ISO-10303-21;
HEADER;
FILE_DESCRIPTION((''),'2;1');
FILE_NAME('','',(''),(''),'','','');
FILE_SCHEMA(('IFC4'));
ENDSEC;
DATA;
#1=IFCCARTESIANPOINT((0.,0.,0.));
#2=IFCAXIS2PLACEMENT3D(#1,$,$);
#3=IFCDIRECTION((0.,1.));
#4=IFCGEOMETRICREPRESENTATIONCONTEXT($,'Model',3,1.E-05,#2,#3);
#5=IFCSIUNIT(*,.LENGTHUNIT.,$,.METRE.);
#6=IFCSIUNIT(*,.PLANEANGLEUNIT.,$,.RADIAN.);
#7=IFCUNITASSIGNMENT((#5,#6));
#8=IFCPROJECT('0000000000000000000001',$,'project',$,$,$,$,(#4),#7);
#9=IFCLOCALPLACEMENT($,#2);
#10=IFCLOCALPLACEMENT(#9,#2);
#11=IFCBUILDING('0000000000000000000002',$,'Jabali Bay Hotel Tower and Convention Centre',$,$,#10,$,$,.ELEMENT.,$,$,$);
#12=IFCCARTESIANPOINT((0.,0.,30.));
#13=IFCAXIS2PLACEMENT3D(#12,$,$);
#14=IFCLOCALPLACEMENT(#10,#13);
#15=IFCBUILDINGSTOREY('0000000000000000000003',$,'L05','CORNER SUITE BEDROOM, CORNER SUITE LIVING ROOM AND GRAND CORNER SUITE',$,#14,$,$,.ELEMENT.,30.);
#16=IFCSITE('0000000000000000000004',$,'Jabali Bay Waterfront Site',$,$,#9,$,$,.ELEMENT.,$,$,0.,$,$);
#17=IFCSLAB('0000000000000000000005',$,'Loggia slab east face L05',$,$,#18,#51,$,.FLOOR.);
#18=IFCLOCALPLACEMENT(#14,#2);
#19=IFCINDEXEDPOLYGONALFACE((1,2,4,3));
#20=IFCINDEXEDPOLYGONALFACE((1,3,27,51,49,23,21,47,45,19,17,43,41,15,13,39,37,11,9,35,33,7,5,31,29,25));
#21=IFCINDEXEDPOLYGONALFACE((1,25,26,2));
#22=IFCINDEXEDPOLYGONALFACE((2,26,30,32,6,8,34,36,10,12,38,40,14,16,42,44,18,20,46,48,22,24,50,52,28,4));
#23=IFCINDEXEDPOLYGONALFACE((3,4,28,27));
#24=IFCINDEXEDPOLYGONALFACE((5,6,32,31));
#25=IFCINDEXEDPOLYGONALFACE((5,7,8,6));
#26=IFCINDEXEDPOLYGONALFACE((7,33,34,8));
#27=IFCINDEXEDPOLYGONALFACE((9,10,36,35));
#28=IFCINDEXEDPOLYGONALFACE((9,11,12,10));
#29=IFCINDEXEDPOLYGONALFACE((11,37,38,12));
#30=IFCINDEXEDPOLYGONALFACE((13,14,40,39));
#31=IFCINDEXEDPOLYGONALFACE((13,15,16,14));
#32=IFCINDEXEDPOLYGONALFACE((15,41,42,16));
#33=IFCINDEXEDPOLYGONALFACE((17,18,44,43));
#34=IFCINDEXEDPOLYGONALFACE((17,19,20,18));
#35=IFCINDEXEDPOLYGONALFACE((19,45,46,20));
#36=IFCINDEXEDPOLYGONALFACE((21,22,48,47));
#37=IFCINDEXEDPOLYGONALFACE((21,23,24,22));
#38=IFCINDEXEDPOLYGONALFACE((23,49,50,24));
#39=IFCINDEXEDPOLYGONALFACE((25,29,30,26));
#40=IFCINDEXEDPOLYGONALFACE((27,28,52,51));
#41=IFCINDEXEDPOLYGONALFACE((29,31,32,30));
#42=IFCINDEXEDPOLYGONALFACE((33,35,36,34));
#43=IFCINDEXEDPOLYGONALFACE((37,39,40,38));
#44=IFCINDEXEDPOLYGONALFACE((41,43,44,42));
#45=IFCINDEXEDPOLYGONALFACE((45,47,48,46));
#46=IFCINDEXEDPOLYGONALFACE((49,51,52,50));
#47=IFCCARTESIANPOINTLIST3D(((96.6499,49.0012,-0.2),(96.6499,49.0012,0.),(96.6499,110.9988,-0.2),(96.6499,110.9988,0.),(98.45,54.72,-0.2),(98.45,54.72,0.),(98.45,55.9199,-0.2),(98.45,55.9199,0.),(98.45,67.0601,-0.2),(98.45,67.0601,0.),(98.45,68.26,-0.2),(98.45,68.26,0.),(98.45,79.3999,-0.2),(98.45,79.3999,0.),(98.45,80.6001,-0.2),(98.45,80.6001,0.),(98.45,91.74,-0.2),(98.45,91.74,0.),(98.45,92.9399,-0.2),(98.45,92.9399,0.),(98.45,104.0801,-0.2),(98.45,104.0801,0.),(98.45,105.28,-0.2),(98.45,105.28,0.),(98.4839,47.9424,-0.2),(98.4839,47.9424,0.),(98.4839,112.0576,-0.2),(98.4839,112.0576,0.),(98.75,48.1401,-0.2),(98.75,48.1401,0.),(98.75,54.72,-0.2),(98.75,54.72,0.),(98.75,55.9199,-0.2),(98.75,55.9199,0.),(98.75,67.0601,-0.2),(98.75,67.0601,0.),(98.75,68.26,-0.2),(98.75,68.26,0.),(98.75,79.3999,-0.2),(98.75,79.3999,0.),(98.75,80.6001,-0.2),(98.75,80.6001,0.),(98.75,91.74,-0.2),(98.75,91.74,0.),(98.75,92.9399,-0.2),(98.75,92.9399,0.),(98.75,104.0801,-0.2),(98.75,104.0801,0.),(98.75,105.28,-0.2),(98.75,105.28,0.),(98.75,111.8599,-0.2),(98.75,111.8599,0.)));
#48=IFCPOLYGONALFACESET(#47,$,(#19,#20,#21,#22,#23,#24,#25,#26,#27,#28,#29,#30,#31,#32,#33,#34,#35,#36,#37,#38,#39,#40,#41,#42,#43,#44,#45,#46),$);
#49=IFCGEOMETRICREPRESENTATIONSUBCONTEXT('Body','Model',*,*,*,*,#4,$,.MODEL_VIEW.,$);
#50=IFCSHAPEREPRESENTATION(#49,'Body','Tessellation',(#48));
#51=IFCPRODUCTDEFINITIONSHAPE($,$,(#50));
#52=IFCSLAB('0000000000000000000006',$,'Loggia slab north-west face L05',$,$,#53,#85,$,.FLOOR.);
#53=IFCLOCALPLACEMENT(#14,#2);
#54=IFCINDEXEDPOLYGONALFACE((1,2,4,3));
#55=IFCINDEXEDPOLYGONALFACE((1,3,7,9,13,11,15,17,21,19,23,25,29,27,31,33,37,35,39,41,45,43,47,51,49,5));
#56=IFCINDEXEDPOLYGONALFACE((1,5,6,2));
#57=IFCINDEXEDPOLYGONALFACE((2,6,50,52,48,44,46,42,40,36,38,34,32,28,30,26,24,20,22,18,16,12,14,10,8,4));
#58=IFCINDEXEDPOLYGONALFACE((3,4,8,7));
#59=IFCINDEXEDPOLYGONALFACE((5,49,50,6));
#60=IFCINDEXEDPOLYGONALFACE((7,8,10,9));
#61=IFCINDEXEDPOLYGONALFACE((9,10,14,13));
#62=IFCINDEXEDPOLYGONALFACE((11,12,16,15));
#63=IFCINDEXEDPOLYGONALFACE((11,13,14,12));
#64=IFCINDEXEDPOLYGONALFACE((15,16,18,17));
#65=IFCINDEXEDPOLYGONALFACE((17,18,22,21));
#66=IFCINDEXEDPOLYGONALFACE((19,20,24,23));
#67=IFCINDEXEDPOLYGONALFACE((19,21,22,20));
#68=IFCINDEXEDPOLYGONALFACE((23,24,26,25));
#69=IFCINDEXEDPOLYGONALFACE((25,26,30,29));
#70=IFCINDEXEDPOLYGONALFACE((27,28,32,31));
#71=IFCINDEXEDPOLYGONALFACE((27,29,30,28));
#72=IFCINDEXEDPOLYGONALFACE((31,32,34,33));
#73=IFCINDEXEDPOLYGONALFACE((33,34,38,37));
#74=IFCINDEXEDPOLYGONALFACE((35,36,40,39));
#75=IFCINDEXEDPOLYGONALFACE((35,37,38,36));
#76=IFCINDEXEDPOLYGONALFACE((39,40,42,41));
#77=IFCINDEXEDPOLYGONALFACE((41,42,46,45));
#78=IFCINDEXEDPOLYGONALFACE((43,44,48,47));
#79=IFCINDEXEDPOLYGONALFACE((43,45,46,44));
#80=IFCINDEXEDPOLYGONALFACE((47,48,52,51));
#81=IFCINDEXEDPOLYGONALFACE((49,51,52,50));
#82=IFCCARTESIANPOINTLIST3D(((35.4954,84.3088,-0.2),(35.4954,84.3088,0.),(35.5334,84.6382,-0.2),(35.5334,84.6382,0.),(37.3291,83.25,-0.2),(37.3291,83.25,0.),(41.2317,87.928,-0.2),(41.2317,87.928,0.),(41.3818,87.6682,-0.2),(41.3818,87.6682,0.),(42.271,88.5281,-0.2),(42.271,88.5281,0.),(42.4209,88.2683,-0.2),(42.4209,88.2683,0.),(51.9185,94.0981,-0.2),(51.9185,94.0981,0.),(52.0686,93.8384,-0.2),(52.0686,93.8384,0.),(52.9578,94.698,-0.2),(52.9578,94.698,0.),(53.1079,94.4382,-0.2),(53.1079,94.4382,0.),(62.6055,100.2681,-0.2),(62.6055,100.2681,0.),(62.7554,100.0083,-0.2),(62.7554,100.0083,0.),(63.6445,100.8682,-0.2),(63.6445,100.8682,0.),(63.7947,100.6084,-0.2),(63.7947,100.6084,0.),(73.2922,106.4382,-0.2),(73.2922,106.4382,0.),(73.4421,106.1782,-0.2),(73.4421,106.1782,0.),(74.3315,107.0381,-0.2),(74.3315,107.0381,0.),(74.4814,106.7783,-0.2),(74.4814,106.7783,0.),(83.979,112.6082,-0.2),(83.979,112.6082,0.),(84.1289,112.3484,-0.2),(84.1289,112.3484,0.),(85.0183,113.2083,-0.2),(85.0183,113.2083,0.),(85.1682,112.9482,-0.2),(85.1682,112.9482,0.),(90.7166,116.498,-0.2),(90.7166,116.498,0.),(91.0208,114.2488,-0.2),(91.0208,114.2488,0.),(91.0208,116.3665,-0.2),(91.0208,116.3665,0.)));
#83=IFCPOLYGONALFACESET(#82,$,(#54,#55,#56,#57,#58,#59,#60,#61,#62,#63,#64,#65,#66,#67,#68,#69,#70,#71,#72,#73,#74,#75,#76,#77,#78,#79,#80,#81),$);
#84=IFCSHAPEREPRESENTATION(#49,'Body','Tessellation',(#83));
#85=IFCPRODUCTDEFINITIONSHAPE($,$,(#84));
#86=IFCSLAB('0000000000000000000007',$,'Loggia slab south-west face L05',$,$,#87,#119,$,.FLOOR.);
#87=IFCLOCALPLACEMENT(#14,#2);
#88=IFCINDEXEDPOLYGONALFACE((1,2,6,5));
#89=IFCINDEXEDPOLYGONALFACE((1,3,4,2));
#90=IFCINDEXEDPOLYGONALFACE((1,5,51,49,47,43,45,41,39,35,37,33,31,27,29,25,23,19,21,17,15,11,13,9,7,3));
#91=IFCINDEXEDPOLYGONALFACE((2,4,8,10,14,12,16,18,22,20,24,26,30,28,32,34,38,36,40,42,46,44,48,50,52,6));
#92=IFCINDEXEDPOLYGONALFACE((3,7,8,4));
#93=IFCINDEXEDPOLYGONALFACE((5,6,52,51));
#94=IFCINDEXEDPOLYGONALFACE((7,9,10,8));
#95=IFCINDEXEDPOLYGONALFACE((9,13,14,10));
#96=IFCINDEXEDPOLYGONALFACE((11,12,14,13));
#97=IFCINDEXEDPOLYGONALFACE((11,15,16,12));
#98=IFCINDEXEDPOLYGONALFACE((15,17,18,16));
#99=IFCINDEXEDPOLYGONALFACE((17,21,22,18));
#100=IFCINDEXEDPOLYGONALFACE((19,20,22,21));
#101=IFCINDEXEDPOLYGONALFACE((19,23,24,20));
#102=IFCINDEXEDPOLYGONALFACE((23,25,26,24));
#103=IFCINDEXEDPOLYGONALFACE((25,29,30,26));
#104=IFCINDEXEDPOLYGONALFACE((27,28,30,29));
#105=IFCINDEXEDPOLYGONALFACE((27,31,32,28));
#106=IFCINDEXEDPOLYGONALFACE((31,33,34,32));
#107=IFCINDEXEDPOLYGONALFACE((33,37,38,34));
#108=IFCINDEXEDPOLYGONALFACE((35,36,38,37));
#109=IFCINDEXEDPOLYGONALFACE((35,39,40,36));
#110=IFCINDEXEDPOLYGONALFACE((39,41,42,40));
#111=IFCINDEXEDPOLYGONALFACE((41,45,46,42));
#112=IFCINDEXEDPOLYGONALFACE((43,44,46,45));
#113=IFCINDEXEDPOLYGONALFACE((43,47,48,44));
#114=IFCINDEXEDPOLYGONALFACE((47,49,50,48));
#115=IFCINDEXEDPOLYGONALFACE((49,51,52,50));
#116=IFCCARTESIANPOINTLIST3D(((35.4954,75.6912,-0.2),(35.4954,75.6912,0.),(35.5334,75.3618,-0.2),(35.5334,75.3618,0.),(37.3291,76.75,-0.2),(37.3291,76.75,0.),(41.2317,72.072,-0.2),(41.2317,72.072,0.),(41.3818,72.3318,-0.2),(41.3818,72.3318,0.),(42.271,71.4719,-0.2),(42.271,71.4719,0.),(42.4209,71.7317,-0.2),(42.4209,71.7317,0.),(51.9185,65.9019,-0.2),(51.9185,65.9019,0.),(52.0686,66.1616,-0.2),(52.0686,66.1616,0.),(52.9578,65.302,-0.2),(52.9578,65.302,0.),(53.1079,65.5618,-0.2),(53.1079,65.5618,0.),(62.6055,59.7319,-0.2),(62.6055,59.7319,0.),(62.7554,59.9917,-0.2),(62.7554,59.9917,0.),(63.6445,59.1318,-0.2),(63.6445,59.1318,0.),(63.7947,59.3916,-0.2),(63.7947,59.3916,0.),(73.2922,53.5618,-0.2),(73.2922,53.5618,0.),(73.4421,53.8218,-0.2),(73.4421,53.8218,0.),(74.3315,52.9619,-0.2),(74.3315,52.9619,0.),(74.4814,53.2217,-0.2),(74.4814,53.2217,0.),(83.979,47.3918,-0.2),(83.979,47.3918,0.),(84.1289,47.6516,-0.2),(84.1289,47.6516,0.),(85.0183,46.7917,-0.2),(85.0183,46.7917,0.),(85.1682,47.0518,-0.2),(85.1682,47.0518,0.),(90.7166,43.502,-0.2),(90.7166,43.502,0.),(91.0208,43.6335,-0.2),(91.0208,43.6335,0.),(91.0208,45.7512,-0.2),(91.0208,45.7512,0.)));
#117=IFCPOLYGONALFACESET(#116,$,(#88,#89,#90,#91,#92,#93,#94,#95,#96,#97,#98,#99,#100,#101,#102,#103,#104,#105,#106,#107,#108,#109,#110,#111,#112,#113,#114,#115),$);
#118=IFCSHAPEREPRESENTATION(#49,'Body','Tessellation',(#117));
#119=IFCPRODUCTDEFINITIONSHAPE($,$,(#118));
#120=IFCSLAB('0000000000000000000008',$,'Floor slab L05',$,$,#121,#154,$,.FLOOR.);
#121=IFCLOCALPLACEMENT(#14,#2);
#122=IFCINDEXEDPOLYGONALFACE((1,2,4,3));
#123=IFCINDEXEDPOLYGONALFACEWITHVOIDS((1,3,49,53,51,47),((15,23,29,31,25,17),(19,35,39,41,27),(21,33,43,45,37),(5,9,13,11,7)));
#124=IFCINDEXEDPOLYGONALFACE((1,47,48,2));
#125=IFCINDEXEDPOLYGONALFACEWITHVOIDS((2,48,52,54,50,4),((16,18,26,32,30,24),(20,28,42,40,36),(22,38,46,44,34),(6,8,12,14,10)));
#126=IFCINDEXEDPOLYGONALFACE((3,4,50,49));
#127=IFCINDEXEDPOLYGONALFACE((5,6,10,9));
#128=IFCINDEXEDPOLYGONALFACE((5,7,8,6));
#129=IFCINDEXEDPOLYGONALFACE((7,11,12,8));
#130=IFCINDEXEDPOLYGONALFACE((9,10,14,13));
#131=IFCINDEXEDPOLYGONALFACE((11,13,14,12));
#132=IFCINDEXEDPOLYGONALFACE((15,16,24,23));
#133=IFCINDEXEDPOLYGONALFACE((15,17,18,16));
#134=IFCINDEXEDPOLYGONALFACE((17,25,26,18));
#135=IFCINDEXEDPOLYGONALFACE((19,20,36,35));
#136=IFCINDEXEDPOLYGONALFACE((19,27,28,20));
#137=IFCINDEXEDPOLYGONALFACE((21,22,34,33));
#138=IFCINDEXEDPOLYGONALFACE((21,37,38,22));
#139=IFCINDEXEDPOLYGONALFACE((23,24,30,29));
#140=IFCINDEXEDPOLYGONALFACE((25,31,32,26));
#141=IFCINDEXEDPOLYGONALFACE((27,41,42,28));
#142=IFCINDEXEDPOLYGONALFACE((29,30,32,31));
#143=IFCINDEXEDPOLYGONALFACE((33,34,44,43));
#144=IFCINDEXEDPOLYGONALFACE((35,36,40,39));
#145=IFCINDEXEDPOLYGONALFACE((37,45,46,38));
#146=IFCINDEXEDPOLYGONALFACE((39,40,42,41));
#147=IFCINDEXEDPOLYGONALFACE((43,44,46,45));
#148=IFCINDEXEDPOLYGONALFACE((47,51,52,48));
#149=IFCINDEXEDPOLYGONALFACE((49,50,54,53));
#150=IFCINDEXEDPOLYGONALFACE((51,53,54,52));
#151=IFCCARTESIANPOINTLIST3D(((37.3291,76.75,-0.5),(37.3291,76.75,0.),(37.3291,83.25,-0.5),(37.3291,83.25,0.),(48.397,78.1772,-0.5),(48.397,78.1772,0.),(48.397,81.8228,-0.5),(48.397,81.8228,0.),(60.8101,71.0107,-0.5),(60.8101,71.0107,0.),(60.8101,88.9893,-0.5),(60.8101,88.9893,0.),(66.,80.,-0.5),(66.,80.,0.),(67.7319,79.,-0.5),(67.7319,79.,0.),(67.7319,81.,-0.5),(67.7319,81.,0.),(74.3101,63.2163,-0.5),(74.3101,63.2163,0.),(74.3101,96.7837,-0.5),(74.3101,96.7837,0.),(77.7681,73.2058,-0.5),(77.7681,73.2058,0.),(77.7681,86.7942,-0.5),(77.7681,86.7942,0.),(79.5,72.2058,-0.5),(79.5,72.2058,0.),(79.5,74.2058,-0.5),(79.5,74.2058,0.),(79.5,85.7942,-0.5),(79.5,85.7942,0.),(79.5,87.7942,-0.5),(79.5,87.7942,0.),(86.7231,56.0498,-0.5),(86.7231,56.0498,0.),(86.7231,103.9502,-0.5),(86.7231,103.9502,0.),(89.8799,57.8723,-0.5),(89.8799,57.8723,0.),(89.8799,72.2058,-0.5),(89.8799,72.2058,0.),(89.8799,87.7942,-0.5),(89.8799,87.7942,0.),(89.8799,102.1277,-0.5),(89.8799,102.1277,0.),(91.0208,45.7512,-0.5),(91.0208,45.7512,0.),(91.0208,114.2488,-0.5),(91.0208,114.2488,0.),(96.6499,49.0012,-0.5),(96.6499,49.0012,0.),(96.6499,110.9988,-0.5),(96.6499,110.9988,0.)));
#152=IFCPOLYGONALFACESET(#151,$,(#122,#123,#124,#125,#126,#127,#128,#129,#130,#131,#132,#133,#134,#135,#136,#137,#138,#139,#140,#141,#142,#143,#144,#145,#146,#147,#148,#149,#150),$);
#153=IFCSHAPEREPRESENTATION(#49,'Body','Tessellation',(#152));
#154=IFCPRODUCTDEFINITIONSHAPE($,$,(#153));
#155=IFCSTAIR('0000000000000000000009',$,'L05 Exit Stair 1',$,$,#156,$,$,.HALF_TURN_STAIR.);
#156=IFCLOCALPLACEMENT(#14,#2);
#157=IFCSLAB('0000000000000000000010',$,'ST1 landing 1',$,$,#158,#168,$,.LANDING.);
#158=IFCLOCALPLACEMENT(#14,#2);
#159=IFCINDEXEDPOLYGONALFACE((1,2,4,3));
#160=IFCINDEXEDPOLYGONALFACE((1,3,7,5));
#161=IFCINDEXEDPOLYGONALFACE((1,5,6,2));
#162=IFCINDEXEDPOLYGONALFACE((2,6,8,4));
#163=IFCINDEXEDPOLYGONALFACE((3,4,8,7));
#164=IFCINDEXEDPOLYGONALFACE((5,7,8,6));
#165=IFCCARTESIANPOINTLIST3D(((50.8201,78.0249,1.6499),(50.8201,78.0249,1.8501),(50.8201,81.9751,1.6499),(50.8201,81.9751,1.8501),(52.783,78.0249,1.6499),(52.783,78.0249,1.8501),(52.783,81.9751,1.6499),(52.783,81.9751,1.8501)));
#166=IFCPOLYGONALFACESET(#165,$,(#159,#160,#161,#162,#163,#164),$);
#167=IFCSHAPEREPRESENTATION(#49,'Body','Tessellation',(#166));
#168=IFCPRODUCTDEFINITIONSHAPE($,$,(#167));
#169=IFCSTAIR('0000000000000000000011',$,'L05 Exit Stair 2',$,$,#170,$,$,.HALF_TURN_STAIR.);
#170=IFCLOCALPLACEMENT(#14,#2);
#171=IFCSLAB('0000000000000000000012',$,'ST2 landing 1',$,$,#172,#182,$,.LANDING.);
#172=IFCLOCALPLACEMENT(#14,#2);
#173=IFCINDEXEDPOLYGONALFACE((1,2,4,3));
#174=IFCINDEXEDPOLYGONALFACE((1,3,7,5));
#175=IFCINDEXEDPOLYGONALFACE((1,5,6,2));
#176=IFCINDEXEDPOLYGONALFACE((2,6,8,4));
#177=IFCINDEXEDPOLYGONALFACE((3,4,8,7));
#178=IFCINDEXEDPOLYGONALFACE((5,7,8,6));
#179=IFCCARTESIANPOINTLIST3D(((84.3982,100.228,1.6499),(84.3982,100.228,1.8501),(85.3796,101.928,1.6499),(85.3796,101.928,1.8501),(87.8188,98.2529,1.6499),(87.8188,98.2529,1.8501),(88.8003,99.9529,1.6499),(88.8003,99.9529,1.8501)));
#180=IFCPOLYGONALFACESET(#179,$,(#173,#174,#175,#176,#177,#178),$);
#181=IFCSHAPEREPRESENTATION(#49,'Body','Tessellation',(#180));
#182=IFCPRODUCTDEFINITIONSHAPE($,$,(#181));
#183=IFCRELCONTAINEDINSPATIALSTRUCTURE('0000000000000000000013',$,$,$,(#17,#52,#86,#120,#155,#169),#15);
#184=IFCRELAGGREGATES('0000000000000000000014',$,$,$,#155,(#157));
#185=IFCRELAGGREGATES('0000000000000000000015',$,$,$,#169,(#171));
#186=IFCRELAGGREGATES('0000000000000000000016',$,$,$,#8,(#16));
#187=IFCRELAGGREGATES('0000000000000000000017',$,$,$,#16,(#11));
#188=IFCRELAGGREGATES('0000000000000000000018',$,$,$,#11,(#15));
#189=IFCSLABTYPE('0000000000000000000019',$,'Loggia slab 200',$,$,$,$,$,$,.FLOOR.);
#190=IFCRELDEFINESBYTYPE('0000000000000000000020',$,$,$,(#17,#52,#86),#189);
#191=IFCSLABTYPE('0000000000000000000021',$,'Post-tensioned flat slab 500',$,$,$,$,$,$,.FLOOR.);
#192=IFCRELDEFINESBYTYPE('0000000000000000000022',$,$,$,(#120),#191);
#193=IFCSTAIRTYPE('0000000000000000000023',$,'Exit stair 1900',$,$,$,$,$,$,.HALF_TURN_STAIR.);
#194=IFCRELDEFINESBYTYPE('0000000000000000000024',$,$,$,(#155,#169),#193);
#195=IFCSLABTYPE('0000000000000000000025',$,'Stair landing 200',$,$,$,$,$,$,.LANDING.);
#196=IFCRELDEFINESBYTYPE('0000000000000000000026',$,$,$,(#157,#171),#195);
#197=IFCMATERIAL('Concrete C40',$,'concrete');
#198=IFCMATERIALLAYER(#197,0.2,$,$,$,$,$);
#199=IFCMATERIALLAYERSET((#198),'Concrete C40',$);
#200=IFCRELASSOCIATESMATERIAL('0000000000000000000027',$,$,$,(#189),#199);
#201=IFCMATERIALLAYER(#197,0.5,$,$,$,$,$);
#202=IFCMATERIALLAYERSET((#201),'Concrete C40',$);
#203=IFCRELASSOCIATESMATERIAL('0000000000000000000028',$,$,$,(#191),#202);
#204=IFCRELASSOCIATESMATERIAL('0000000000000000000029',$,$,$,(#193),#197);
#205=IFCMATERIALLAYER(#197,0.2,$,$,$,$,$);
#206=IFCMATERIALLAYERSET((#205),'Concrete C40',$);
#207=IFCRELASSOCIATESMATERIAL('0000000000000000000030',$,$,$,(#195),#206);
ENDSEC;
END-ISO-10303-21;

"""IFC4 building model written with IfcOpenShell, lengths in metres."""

from ifc_helpers import new_model, si_unit, direction, frame, origin, place, context, subcontext, project, spatial, polyline, outline, extrude, material, layer, layer_set, type_object, element, aggregate, save


model = new_model("IFC4")

# Units and contexts
model_context = context("Model", 3, precision=1e-05, world=origin(), true_north=direction((0.0, 1.0)))
body_context = subcontext(model_context, "Body", "Model", "MODEL_VIEW")
ifc_project = project(units=[si_unit("LENGTHUNIT", "METRE"), si_unit("PLANEANGLEUNIT", "RADIAN")], contexts=[model_context])

# Site, building, storey
site_placement = place(None, origin())
site = spatial("IfcSite", under=ifc_project, at=site_placement, Name="Jabali Bay Waterfront Site", CompositionType="ELEMENT", RefElevation=0.0)
building_placement = place(site_placement, origin())
building = spatial("IfcBuilding", under=site, at=building_placement, Name="Jabali Bay Hotel Tower and Convention Centre", CompositionType="ELEMENT")
storey_placement = place(building_placement, frame((0.0, 0.0, 30.0)))
storey = spatial("IfcBuildingStorey", under=building, at=storey_placement, Name="L05", Description="CORNER SUITE BEDROOM, CORNER SUITE LIVING ROOM AND GRAND CORNER SUITE", CompositionType="ELEMENT", Elevation=30.0)

# Slabs
ifc_material_1 = material(Name="Concrete C40", Category="concrete")
ifc_layer_1 = layer(ifc_material_1, 0.2)
ifc_layer_set_1 = layer_set([ifc_layer_1], Name="Concrete C40")
slab_type_1 = type_object("IfcSlabType", Name="Loggia slab 200", PredefinedType="FLOOR", material=ifc_layer_set_1)
slab_1_placement = place(storey_placement, frame((0.0, 0.0, -0.2)))
element("IfcSlab", 1, at=slab_1_placement, inside=storey, type_object=slab_type_1, Name="Loggia slab east face L05", PredefinedType="FLOOR", context=body_context, shape_type="SweptSolid", body=[
    extrude(outline(polyline([(96.6499, 110.9988), (98.4839, 112.0576), (98.75, 111.8599), (98.75, 105.28), (98.45, 105.28), (98.45, 104.0801), (98.75, 104.0801), (98.75, 92.9399), (98.45, 92.9399), (98.45, 91.74), (98.75, 91.74), (98.75, 80.6001), (98.45, 80.6001), (98.45, 79.3999), (98.75, 79.3999), (98.75, 68.26), (98.45, 68.26), (98.45, 67.0601), (98.75, 67.0601), (98.75, 55.9199), (98.45, 55.9199), (98.45, 54.72), (98.75, 54.72), (98.75, 48.1401), (98.4839, 47.9424), (96.6499, 49.0012), (96.6499, 110.9988)])), origin(), (0.0, 0.0, 1.0), 0.2),
])
slab_2_placement = place(storey_placement, frame((0.0, 0.0, -0.2)))
element("IfcSlab", 2, at=slab_2_placement, inside=storey, type_object=slab_type_1, Name="Loggia slab north-west face L05", PredefinedType="FLOOR", context=body_context, shape_type="SweptSolid", body=[
    extrude(outline(polyline([(37.3291, 83.25), (35.4954, 84.3088), (35.5334, 84.6382), (41.2317, 87.928), (41.3818, 87.6682), (42.4209, 88.2683), (42.271, 88.5281), (51.9185, 94.0981), (52.0686, 93.8384), (53.1079, 94.4382), (52.9578, 94.698), (62.6055, 100.2681), (62.7554, 100.0083), (63.7947, 100.6084), (63.6445, 100.8682), (73.2922, 106.4382), (73.4421, 106.1782), (74.4814, 106.7783), (74.3315, 107.0381), (83.979, 112.6082), (84.1289, 112.3484), (85.1682, 112.9482), (85.0183, 113.2083), (90.7166, 116.498), (91.0208, 116.3665), (91.0208, 114.2488), (37.3291, 83.25)])), origin(), (0.0, 0.0, 1.0), 0.2),
])
slab_3_placement = place(storey_placement, frame((0.0, 0.0, -0.2)))
element("IfcSlab", 3, at=slab_3_placement, inside=storey, type_object=slab_type_1, Name="Loggia slab south-west face L05", PredefinedType="FLOOR", context=body_context, shape_type="SweptSolid", body=[
    extrude(outline(polyline([(91.0208, 45.7512), (91.0208, 43.6335), (90.7166, 43.502), (85.0183, 46.7917), (85.1682, 47.0518), (84.1289, 47.6516), (83.979, 47.3918), (74.3315, 52.9619), (74.4814, 53.2217), (73.4421, 53.8218), (73.2922, 53.5618), (63.6445, 59.1318), (63.7947, 59.3916), (62.7554, 59.9917), (62.6055, 59.7319), (52.9578, 65.302), (53.1079, 65.5618), (52.0686, 66.1616), (51.9185, 65.9019), (42.271, 71.4719), (42.4209, 71.7317), (41.3818, 72.3318), (41.2317, 72.072), (35.5334, 75.3618), (35.4954, 75.6912), (37.3291, 76.75), (91.0208, 45.7512)])), origin(), (0.0, 0.0, 1.0), 0.2),
])
ifc_layer_2 = layer(ifc_material_1, 0.5)
ifc_layer_set_2 = layer_set([ifc_layer_2], Name="Concrete C40")
slab_type_2 = type_object("IfcSlabType", Name="Post-tensioned flat slab 500", PredefinedType="FLOOR", material=ifc_layer_set_2)
slab_4_placement = place(storey_placement, frame((0.0, 0.0, -0.5)))
element("IfcSlab", 4, at=slab_4_placement, inside=storey, type_object=slab_type_2, Name="Floor slab L05", PredefinedType="FLOOR", context=body_context, shape_type="SweptSolid", body=[
    extrude(outline(polyline([(91.0208, 114.2488), (96.6499, 110.9988), (96.6499, 49.0012), (91.0208, 45.7512), (37.3291, 76.75), (37.3291, 83.25), (91.0208, 114.2488)]), holes=[polyline([(67.7319, 79.0), (77.7681, 73.2058), (79.5, 74.2058), (79.5, 85.7942), (77.7681, 86.7942), (67.7319, 81.0), (67.7319, 79.0)]), polyline([(48.397, 78.1772), (60.8101, 71.0107), (66.0, 80.0), (60.8101, 88.9893), (48.397, 81.8228), (48.397, 78.1772)]), polyline([(89.8799, 102.1277), (86.7231, 103.9502), (74.3101, 96.7837), (79.5, 87.7942), (89.8799, 87.7942), (89.8799, 102.1277)]), polyline([(74.3101, 63.2163), (86.7231, 56.0498), (89.8799, 57.8723), (89.8799, 72.2058), (79.5, 72.2058), (74.3101, 63.2163)])]), origin(), (0.0, 0.0, 1.0), 0.5),
])

# Stairs, slabs
stair_type = type_object("IfcStairType", Name="Exit stair 1900", PredefinedType="HALF_TURN_STAIR", material=ifc_material_1)
stair_1_placement = place(storey_placement, origin())
stair_1 = element("IfcStair", 5, at=stair_1_placement, inside=storey, type_object=stair_type, Name="L05 Exit Stair 1", PredefinedType="HALF_TURN_STAIR")
ifc_layer_3 = layer(ifc_material_1, 0.2)
ifc_layer_set_3 = layer_set([ifc_layer_3], Name="Concrete C40")
slab_type_3 = type_object("IfcSlabType", Name="Stair landing 200", PredefinedType="LANDING", material=ifc_layer_set_3)
slab_5_placement = place(storey_placement, frame((0.0, 0.0, 1.6499)))
slab_5 = element("IfcSlab", 6, at=slab_5_placement, type_object=slab_type_3, Name="ST1 landing 1", PredefinedType="LANDING", context=body_context, shape_type="SweptSolid", body=[
    extrude(outline(polyline([(52.783, 81.9751), (50.8201, 81.9751), (50.8201, 78.0249), (52.783, 78.0249), (52.783, 81.9751)])), origin(), (0.0, 0.0, 1.0), 0.2002),
])
aggregate(stair_1, [slab_5])
stair_2_placement = place(storey_placement, origin())
stair_2 = element("IfcStair", 7, at=stair_2_placement, inside=storey, type_object=stair_type, Name="L05 Exit Stair 2", PredefinedType="HALF_TURN_STAIR")
slab_6_placement = place(storey_placement, frame((0.0, 0.0, 1.6499)))
slab_6 = element("IfcSlab", 8, at=slab_6_placement, type_object=slab_type_3, Name="ST2 landing 1", PredefinedType="LANDING", context=body_context, shape_type="SweptSolid", body=[
    extrude(outline(polyline([(87.8188, 98.2529), (88.8003, 99.9529), (85.3796, 101.928), (84.3982, 100.228), (87.8188, 98.2529)])), origin(), (0.0, 0.0, 1.0), 0.2002),
])
aggregate(stair_2, [slab_6])

save(model, "model.ifc")
